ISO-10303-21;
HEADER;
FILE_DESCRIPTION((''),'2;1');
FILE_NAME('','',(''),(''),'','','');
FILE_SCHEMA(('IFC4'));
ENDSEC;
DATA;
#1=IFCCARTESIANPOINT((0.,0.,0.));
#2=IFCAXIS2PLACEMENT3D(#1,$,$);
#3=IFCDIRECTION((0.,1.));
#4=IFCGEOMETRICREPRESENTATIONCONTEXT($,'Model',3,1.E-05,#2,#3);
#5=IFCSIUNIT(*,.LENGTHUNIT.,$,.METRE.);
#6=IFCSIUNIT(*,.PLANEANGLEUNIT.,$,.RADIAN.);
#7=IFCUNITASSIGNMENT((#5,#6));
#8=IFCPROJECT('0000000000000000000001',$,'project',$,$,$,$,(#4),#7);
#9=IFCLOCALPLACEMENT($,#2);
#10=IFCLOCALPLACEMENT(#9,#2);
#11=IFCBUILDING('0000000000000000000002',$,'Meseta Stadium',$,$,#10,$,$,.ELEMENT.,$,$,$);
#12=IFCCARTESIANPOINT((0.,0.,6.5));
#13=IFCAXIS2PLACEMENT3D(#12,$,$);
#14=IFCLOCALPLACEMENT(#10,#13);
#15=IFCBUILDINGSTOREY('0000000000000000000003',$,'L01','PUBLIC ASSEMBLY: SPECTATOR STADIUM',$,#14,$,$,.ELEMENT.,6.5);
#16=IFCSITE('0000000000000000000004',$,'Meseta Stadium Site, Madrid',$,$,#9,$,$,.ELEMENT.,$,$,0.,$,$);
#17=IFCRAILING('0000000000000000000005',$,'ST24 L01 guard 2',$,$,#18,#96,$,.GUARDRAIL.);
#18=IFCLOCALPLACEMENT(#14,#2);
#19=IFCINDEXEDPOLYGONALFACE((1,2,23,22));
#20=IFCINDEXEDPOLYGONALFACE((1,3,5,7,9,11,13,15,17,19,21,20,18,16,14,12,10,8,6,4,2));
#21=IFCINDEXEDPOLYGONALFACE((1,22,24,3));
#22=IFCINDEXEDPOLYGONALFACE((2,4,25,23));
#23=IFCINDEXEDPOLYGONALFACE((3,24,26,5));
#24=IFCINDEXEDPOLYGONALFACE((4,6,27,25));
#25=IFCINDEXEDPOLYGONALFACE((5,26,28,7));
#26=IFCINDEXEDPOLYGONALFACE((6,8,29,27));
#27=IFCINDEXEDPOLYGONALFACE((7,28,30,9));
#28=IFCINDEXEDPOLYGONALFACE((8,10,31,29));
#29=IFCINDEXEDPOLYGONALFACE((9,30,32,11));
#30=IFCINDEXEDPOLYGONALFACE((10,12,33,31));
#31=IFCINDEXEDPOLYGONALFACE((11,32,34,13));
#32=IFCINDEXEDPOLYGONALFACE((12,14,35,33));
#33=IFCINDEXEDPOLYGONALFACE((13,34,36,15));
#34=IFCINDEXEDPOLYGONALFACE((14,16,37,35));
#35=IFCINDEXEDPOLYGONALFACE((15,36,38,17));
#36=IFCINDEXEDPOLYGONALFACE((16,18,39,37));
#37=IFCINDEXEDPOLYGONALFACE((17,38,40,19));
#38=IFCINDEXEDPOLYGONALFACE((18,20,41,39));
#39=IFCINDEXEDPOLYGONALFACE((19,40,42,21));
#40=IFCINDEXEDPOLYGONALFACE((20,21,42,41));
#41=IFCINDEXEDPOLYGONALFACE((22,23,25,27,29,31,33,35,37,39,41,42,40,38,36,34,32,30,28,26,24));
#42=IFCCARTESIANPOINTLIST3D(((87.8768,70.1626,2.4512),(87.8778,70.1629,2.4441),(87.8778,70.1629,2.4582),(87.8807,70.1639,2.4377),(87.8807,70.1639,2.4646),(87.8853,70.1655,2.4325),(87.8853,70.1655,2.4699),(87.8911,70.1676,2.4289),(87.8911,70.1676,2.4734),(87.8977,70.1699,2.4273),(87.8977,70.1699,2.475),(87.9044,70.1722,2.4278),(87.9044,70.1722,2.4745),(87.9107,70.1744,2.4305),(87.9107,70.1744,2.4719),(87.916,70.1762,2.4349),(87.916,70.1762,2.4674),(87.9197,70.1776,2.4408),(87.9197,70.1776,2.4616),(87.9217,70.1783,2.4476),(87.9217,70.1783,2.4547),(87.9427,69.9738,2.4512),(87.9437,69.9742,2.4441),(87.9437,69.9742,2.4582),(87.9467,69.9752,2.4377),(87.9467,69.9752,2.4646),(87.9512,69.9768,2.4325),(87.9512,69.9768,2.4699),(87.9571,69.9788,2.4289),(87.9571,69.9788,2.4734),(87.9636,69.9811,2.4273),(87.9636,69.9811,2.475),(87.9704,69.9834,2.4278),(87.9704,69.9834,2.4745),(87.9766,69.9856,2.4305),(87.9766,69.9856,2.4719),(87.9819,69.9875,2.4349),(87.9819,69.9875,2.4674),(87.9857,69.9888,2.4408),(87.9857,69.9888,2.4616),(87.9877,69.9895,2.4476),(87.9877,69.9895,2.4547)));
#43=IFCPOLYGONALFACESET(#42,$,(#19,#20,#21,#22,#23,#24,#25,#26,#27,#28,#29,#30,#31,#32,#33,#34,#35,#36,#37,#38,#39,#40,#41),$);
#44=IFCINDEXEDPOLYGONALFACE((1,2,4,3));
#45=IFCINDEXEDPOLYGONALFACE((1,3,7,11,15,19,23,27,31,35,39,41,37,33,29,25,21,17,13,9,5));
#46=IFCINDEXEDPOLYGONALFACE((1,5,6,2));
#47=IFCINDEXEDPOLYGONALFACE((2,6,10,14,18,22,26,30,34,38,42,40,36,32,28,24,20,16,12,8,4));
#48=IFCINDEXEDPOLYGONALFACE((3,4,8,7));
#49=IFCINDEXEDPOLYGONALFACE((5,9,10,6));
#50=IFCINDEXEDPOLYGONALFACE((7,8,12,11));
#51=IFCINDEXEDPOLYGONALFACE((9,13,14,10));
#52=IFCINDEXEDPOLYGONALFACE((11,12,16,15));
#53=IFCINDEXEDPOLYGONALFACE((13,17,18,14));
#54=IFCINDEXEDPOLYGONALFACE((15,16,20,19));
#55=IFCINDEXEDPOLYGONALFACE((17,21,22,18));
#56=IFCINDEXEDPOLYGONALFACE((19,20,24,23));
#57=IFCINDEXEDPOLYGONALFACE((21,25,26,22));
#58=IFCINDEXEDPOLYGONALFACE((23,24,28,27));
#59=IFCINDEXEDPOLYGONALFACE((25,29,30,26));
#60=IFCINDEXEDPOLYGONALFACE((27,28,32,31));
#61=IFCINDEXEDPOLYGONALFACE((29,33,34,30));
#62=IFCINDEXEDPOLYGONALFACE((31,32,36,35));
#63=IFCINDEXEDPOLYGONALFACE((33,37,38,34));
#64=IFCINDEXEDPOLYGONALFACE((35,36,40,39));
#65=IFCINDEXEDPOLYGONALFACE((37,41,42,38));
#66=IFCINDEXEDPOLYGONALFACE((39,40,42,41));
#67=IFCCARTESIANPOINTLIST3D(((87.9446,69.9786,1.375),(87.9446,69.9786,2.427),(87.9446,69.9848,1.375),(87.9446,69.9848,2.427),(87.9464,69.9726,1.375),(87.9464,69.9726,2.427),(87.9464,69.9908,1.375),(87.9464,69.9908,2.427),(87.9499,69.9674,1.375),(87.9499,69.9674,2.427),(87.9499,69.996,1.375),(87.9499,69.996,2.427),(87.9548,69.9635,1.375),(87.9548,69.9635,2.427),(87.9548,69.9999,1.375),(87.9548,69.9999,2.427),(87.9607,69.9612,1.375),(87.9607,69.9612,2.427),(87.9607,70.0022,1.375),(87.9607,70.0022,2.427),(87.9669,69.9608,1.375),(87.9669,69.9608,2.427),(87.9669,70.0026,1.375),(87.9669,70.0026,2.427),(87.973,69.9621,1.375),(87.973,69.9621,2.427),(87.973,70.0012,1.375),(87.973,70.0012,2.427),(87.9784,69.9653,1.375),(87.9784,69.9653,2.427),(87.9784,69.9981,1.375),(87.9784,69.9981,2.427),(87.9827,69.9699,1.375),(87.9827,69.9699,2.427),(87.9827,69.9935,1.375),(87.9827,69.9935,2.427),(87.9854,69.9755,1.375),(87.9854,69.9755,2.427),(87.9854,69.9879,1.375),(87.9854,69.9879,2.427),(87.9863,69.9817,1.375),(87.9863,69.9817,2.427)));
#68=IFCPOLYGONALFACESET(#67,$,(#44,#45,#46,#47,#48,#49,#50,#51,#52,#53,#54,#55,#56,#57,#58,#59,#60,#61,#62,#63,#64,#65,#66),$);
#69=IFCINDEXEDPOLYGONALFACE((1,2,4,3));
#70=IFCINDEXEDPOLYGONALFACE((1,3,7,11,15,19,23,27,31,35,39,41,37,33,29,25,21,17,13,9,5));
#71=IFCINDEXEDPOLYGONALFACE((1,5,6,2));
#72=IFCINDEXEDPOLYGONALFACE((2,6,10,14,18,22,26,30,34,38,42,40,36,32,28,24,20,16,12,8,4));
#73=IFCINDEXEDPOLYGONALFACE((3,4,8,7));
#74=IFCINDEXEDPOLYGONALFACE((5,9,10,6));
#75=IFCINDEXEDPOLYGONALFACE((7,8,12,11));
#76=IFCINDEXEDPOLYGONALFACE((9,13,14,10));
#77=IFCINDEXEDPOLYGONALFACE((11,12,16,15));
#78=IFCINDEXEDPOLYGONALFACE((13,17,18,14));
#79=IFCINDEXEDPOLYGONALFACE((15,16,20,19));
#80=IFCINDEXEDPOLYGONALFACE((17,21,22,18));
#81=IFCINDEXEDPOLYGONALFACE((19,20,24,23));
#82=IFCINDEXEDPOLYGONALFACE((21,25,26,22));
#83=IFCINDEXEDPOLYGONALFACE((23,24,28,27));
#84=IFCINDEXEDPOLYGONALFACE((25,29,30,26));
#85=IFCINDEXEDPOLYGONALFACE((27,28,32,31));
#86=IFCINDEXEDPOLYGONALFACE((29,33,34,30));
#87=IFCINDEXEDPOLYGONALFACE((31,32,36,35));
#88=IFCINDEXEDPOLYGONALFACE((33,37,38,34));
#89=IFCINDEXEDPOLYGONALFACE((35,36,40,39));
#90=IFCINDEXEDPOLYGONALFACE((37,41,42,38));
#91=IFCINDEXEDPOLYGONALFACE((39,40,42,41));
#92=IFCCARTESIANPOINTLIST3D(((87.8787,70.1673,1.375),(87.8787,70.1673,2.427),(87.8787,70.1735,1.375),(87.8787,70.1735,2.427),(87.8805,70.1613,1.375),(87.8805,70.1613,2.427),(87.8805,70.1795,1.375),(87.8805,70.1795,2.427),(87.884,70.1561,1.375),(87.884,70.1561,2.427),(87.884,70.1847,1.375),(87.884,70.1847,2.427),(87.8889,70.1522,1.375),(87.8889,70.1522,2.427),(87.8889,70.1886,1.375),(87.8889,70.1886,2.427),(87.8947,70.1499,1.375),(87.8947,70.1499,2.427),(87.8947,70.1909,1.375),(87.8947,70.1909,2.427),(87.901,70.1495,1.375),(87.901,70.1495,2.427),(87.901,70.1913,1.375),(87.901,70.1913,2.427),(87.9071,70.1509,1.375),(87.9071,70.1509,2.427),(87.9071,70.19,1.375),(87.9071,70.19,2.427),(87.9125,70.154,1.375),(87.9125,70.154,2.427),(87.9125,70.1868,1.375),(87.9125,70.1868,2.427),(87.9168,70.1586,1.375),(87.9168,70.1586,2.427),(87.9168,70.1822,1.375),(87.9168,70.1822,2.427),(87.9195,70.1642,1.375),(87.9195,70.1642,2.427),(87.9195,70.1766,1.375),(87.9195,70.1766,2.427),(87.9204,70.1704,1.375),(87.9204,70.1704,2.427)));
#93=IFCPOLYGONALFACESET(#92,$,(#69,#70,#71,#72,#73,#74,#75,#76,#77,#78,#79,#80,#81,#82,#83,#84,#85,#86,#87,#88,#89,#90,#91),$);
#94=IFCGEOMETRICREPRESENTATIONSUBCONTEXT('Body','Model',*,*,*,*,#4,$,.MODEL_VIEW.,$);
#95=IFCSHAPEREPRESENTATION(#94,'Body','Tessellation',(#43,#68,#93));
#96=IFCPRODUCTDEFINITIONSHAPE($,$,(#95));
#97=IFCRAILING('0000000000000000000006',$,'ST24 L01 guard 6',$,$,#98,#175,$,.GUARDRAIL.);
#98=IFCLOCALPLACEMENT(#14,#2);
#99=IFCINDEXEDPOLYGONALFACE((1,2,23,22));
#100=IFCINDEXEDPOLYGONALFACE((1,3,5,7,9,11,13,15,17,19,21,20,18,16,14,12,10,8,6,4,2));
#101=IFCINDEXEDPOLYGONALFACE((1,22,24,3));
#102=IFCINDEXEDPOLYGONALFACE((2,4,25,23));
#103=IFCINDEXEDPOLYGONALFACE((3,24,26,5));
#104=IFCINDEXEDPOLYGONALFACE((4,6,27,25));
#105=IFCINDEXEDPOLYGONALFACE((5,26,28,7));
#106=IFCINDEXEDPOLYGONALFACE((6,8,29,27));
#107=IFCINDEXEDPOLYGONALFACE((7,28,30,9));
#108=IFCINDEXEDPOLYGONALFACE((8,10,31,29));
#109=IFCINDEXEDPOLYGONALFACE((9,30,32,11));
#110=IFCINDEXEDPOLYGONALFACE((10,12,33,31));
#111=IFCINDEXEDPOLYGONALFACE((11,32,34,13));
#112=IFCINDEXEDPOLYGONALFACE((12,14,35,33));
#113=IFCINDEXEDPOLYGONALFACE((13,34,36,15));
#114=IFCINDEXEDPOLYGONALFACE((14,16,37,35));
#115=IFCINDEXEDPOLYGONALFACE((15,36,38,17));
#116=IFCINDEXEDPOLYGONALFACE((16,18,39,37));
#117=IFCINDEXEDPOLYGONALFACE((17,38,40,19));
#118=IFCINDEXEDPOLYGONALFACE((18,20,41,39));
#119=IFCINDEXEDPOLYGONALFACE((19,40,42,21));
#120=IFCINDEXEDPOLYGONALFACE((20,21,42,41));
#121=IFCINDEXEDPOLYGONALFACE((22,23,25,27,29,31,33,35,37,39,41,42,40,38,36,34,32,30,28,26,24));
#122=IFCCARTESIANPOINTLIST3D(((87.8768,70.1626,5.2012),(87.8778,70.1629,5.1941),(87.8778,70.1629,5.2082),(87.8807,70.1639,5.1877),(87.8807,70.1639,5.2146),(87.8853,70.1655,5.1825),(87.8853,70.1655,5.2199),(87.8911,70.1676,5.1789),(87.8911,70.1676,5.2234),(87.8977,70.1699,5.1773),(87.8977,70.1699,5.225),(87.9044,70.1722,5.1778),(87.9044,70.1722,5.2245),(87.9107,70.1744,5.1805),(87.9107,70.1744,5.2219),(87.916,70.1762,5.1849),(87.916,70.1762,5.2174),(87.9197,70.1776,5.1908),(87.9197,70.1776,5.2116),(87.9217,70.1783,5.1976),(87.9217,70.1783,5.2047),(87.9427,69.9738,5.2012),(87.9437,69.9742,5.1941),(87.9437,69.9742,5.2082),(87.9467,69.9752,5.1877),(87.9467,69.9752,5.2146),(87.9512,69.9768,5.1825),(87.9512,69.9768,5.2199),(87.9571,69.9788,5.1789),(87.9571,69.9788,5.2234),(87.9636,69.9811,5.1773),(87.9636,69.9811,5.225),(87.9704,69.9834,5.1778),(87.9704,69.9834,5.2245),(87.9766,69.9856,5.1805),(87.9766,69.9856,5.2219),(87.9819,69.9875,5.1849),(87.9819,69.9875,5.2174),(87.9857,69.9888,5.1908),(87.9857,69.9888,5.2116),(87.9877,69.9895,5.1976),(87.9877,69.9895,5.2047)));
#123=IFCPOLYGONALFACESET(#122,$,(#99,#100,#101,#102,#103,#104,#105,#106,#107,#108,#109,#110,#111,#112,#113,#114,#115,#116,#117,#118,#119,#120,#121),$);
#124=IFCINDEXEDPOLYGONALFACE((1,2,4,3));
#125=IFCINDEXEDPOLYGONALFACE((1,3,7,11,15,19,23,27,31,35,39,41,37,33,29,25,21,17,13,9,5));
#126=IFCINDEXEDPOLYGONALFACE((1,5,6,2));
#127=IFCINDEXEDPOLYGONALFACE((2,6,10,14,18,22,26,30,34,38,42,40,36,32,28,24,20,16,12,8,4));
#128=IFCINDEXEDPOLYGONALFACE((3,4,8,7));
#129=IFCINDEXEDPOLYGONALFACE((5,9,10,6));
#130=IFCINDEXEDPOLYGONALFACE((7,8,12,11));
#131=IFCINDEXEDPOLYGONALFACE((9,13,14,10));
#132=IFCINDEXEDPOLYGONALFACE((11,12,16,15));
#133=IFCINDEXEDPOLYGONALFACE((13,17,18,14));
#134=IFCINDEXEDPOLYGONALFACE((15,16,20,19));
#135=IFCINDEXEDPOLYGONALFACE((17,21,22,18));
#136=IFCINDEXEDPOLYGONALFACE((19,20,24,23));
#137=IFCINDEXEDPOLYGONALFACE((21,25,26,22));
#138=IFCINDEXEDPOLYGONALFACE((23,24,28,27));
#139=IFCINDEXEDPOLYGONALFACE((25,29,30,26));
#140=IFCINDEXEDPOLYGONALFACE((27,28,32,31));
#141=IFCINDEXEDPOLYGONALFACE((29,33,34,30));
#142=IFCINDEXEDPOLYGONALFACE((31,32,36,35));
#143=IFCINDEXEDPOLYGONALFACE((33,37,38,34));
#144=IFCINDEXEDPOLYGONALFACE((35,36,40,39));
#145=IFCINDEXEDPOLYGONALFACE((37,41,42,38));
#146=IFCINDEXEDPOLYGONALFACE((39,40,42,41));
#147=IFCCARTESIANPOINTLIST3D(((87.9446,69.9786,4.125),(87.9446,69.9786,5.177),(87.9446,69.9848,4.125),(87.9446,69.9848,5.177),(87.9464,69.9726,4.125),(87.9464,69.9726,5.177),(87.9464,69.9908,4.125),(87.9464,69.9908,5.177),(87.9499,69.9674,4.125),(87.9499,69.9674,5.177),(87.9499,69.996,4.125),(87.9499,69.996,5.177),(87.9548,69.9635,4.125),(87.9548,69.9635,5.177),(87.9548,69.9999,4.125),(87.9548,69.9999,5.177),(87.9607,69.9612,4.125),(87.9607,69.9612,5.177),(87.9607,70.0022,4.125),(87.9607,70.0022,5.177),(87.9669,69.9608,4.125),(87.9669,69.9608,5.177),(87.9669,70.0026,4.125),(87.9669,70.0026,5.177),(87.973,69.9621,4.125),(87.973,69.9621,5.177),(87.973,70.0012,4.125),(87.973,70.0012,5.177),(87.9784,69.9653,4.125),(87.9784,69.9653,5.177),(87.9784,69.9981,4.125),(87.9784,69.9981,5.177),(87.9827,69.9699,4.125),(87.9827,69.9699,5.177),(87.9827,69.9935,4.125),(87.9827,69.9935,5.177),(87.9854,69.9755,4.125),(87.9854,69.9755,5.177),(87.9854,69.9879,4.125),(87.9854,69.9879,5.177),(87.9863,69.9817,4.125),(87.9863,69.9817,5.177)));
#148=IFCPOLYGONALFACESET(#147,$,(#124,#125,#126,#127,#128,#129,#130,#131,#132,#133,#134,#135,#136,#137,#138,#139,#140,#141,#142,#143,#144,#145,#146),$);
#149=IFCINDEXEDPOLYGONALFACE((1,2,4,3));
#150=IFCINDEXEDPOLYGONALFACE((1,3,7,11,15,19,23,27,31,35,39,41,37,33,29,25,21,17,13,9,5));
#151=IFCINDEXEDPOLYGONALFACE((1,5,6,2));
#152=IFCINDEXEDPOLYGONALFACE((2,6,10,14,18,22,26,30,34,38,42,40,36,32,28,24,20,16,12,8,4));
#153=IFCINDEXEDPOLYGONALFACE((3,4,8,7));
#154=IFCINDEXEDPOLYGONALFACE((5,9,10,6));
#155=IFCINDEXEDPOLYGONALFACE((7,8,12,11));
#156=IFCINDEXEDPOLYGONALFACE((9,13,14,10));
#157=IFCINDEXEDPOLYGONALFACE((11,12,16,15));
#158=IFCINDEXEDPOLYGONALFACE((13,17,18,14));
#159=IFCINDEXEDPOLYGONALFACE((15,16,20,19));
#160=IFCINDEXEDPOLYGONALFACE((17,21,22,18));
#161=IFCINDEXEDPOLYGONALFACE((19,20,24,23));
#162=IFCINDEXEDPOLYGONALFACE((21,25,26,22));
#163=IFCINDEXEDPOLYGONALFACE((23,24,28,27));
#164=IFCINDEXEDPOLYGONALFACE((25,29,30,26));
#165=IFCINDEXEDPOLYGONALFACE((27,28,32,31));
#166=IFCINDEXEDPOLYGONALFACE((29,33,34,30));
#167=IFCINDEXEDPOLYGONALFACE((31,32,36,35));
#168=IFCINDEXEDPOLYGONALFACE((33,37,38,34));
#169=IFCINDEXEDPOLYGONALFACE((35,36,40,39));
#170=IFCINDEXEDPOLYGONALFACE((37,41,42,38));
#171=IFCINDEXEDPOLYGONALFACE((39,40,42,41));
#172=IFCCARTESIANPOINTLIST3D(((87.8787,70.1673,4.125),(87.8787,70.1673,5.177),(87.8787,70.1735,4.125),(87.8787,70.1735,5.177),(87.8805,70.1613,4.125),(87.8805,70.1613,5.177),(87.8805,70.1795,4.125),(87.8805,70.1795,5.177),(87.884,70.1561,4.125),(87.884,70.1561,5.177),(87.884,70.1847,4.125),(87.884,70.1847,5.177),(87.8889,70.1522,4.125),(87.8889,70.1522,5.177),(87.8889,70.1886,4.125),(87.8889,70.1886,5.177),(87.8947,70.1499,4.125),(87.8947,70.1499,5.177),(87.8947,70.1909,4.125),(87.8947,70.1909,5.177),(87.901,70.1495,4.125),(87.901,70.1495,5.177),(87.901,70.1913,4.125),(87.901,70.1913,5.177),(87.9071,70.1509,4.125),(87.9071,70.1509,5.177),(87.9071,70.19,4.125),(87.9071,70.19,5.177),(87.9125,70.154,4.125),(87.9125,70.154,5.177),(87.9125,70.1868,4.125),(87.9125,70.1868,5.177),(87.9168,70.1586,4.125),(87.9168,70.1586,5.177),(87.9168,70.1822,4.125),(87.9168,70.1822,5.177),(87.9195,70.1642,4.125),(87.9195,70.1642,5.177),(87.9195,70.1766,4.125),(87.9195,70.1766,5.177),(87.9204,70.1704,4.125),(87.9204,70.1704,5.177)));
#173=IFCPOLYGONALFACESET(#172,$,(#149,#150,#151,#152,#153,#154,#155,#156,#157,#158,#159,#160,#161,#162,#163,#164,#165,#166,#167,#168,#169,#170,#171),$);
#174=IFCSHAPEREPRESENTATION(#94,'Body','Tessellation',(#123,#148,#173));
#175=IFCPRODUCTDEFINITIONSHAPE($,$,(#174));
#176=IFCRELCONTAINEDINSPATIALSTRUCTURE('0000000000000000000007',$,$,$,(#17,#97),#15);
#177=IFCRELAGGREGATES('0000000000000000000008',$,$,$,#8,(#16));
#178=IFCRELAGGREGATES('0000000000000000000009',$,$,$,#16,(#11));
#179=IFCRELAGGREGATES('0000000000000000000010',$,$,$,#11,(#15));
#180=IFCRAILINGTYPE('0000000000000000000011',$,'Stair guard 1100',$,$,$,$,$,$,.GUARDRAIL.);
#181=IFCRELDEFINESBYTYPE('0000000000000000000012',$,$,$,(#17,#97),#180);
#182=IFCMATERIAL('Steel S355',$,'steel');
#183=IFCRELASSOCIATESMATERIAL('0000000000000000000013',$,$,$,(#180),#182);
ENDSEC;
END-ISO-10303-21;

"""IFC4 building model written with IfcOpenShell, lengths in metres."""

from ifc_helpers import new_model, si_unit, direction, frame, origin, origin_2d, place, context, subcontext, project, spatial, circle, extrude, material, type_object, element, save


model = new_model("IFC4")

# Units and contexts
model_context = context("Model", 3, precision=1e-05, world=origin(), true_north=direction((0.0, 1.0)))
body_context = subcontext(model_context, "Body", "Model", "MODEL_VIEW")
ifc_project = project(units=[si_unit("LENGTHUNIT", "METRE"), si_unit("PLANEANGLEUNIT", "RADIAN")], contexts=[model_context])

# Site, building, storey
site_placement = place(None, origin())
site = spatial("IfcSite", under=ifc_project, at=site_placement, Name="Meseta Stadium Site, Madrid", CompositionType="ELEMENT", RefElevation=0.0)
building_placement = place(site_placement, origin())
building = spatial("IfcBuilding", under=site, at=building_placement, Name="Meseta Stadium", CompositionType="ELEMENT")
storey_placement = place(building_placement, frame((0.0, 0.0, 6.5)))
storey = spatial("IfcBuildingStorey", under=building, at=storey_placement, Name="L01", Description="PUBLIC ASSEMBLY: SPECTATOR STADIUM", CompositionType="ELEMENT", Elevation=6.5)

# Railings
ifc_material_1 = material(Name="Steel S355", Category="steel")
railing_type = type_object("IfcRailingType", Name="Stair guard 1100", PredefinedType="GUARDRAIL", material=ifc_material_1)
for number, where, name in (
    (1, (87.9653, 69.9817, 1.375), "ST24 L01 guard 2"),
    (2, (87.9653, 69.9817, 4.125), "ST24 L01 guard 6"),
):
    element("IfcRailing", number, at=place(storey_placement, frame(where)), inside=storey, type_object=railing_type, Name=name, PredefinedType="GUARDRAIL", context=body_context, shape_type="SweptSolid", body=[
        extrude(circle(Radius=0.0239, at=origin_2d()), frame((0.0, 0.0, 1.0762), z_axis=(-0.329752, 0.944068, 0.0), x_axis=(-0.944068, -0.329752, 0.0)), (0.0, 0.0, 1.0), 0.2),
        extrude(circle(Radius=0.021, at=origin_2d()), origin(), (0.0, 0.0, 1.0), 1.052),
        extrude(circle(Radius=0.021, at=origin_2d()), frame((-0.0659, 0.1887, 0.0)), (0.0, 0.0, 1.0), 1.052),
    ])

save(model, "model.ifc")
